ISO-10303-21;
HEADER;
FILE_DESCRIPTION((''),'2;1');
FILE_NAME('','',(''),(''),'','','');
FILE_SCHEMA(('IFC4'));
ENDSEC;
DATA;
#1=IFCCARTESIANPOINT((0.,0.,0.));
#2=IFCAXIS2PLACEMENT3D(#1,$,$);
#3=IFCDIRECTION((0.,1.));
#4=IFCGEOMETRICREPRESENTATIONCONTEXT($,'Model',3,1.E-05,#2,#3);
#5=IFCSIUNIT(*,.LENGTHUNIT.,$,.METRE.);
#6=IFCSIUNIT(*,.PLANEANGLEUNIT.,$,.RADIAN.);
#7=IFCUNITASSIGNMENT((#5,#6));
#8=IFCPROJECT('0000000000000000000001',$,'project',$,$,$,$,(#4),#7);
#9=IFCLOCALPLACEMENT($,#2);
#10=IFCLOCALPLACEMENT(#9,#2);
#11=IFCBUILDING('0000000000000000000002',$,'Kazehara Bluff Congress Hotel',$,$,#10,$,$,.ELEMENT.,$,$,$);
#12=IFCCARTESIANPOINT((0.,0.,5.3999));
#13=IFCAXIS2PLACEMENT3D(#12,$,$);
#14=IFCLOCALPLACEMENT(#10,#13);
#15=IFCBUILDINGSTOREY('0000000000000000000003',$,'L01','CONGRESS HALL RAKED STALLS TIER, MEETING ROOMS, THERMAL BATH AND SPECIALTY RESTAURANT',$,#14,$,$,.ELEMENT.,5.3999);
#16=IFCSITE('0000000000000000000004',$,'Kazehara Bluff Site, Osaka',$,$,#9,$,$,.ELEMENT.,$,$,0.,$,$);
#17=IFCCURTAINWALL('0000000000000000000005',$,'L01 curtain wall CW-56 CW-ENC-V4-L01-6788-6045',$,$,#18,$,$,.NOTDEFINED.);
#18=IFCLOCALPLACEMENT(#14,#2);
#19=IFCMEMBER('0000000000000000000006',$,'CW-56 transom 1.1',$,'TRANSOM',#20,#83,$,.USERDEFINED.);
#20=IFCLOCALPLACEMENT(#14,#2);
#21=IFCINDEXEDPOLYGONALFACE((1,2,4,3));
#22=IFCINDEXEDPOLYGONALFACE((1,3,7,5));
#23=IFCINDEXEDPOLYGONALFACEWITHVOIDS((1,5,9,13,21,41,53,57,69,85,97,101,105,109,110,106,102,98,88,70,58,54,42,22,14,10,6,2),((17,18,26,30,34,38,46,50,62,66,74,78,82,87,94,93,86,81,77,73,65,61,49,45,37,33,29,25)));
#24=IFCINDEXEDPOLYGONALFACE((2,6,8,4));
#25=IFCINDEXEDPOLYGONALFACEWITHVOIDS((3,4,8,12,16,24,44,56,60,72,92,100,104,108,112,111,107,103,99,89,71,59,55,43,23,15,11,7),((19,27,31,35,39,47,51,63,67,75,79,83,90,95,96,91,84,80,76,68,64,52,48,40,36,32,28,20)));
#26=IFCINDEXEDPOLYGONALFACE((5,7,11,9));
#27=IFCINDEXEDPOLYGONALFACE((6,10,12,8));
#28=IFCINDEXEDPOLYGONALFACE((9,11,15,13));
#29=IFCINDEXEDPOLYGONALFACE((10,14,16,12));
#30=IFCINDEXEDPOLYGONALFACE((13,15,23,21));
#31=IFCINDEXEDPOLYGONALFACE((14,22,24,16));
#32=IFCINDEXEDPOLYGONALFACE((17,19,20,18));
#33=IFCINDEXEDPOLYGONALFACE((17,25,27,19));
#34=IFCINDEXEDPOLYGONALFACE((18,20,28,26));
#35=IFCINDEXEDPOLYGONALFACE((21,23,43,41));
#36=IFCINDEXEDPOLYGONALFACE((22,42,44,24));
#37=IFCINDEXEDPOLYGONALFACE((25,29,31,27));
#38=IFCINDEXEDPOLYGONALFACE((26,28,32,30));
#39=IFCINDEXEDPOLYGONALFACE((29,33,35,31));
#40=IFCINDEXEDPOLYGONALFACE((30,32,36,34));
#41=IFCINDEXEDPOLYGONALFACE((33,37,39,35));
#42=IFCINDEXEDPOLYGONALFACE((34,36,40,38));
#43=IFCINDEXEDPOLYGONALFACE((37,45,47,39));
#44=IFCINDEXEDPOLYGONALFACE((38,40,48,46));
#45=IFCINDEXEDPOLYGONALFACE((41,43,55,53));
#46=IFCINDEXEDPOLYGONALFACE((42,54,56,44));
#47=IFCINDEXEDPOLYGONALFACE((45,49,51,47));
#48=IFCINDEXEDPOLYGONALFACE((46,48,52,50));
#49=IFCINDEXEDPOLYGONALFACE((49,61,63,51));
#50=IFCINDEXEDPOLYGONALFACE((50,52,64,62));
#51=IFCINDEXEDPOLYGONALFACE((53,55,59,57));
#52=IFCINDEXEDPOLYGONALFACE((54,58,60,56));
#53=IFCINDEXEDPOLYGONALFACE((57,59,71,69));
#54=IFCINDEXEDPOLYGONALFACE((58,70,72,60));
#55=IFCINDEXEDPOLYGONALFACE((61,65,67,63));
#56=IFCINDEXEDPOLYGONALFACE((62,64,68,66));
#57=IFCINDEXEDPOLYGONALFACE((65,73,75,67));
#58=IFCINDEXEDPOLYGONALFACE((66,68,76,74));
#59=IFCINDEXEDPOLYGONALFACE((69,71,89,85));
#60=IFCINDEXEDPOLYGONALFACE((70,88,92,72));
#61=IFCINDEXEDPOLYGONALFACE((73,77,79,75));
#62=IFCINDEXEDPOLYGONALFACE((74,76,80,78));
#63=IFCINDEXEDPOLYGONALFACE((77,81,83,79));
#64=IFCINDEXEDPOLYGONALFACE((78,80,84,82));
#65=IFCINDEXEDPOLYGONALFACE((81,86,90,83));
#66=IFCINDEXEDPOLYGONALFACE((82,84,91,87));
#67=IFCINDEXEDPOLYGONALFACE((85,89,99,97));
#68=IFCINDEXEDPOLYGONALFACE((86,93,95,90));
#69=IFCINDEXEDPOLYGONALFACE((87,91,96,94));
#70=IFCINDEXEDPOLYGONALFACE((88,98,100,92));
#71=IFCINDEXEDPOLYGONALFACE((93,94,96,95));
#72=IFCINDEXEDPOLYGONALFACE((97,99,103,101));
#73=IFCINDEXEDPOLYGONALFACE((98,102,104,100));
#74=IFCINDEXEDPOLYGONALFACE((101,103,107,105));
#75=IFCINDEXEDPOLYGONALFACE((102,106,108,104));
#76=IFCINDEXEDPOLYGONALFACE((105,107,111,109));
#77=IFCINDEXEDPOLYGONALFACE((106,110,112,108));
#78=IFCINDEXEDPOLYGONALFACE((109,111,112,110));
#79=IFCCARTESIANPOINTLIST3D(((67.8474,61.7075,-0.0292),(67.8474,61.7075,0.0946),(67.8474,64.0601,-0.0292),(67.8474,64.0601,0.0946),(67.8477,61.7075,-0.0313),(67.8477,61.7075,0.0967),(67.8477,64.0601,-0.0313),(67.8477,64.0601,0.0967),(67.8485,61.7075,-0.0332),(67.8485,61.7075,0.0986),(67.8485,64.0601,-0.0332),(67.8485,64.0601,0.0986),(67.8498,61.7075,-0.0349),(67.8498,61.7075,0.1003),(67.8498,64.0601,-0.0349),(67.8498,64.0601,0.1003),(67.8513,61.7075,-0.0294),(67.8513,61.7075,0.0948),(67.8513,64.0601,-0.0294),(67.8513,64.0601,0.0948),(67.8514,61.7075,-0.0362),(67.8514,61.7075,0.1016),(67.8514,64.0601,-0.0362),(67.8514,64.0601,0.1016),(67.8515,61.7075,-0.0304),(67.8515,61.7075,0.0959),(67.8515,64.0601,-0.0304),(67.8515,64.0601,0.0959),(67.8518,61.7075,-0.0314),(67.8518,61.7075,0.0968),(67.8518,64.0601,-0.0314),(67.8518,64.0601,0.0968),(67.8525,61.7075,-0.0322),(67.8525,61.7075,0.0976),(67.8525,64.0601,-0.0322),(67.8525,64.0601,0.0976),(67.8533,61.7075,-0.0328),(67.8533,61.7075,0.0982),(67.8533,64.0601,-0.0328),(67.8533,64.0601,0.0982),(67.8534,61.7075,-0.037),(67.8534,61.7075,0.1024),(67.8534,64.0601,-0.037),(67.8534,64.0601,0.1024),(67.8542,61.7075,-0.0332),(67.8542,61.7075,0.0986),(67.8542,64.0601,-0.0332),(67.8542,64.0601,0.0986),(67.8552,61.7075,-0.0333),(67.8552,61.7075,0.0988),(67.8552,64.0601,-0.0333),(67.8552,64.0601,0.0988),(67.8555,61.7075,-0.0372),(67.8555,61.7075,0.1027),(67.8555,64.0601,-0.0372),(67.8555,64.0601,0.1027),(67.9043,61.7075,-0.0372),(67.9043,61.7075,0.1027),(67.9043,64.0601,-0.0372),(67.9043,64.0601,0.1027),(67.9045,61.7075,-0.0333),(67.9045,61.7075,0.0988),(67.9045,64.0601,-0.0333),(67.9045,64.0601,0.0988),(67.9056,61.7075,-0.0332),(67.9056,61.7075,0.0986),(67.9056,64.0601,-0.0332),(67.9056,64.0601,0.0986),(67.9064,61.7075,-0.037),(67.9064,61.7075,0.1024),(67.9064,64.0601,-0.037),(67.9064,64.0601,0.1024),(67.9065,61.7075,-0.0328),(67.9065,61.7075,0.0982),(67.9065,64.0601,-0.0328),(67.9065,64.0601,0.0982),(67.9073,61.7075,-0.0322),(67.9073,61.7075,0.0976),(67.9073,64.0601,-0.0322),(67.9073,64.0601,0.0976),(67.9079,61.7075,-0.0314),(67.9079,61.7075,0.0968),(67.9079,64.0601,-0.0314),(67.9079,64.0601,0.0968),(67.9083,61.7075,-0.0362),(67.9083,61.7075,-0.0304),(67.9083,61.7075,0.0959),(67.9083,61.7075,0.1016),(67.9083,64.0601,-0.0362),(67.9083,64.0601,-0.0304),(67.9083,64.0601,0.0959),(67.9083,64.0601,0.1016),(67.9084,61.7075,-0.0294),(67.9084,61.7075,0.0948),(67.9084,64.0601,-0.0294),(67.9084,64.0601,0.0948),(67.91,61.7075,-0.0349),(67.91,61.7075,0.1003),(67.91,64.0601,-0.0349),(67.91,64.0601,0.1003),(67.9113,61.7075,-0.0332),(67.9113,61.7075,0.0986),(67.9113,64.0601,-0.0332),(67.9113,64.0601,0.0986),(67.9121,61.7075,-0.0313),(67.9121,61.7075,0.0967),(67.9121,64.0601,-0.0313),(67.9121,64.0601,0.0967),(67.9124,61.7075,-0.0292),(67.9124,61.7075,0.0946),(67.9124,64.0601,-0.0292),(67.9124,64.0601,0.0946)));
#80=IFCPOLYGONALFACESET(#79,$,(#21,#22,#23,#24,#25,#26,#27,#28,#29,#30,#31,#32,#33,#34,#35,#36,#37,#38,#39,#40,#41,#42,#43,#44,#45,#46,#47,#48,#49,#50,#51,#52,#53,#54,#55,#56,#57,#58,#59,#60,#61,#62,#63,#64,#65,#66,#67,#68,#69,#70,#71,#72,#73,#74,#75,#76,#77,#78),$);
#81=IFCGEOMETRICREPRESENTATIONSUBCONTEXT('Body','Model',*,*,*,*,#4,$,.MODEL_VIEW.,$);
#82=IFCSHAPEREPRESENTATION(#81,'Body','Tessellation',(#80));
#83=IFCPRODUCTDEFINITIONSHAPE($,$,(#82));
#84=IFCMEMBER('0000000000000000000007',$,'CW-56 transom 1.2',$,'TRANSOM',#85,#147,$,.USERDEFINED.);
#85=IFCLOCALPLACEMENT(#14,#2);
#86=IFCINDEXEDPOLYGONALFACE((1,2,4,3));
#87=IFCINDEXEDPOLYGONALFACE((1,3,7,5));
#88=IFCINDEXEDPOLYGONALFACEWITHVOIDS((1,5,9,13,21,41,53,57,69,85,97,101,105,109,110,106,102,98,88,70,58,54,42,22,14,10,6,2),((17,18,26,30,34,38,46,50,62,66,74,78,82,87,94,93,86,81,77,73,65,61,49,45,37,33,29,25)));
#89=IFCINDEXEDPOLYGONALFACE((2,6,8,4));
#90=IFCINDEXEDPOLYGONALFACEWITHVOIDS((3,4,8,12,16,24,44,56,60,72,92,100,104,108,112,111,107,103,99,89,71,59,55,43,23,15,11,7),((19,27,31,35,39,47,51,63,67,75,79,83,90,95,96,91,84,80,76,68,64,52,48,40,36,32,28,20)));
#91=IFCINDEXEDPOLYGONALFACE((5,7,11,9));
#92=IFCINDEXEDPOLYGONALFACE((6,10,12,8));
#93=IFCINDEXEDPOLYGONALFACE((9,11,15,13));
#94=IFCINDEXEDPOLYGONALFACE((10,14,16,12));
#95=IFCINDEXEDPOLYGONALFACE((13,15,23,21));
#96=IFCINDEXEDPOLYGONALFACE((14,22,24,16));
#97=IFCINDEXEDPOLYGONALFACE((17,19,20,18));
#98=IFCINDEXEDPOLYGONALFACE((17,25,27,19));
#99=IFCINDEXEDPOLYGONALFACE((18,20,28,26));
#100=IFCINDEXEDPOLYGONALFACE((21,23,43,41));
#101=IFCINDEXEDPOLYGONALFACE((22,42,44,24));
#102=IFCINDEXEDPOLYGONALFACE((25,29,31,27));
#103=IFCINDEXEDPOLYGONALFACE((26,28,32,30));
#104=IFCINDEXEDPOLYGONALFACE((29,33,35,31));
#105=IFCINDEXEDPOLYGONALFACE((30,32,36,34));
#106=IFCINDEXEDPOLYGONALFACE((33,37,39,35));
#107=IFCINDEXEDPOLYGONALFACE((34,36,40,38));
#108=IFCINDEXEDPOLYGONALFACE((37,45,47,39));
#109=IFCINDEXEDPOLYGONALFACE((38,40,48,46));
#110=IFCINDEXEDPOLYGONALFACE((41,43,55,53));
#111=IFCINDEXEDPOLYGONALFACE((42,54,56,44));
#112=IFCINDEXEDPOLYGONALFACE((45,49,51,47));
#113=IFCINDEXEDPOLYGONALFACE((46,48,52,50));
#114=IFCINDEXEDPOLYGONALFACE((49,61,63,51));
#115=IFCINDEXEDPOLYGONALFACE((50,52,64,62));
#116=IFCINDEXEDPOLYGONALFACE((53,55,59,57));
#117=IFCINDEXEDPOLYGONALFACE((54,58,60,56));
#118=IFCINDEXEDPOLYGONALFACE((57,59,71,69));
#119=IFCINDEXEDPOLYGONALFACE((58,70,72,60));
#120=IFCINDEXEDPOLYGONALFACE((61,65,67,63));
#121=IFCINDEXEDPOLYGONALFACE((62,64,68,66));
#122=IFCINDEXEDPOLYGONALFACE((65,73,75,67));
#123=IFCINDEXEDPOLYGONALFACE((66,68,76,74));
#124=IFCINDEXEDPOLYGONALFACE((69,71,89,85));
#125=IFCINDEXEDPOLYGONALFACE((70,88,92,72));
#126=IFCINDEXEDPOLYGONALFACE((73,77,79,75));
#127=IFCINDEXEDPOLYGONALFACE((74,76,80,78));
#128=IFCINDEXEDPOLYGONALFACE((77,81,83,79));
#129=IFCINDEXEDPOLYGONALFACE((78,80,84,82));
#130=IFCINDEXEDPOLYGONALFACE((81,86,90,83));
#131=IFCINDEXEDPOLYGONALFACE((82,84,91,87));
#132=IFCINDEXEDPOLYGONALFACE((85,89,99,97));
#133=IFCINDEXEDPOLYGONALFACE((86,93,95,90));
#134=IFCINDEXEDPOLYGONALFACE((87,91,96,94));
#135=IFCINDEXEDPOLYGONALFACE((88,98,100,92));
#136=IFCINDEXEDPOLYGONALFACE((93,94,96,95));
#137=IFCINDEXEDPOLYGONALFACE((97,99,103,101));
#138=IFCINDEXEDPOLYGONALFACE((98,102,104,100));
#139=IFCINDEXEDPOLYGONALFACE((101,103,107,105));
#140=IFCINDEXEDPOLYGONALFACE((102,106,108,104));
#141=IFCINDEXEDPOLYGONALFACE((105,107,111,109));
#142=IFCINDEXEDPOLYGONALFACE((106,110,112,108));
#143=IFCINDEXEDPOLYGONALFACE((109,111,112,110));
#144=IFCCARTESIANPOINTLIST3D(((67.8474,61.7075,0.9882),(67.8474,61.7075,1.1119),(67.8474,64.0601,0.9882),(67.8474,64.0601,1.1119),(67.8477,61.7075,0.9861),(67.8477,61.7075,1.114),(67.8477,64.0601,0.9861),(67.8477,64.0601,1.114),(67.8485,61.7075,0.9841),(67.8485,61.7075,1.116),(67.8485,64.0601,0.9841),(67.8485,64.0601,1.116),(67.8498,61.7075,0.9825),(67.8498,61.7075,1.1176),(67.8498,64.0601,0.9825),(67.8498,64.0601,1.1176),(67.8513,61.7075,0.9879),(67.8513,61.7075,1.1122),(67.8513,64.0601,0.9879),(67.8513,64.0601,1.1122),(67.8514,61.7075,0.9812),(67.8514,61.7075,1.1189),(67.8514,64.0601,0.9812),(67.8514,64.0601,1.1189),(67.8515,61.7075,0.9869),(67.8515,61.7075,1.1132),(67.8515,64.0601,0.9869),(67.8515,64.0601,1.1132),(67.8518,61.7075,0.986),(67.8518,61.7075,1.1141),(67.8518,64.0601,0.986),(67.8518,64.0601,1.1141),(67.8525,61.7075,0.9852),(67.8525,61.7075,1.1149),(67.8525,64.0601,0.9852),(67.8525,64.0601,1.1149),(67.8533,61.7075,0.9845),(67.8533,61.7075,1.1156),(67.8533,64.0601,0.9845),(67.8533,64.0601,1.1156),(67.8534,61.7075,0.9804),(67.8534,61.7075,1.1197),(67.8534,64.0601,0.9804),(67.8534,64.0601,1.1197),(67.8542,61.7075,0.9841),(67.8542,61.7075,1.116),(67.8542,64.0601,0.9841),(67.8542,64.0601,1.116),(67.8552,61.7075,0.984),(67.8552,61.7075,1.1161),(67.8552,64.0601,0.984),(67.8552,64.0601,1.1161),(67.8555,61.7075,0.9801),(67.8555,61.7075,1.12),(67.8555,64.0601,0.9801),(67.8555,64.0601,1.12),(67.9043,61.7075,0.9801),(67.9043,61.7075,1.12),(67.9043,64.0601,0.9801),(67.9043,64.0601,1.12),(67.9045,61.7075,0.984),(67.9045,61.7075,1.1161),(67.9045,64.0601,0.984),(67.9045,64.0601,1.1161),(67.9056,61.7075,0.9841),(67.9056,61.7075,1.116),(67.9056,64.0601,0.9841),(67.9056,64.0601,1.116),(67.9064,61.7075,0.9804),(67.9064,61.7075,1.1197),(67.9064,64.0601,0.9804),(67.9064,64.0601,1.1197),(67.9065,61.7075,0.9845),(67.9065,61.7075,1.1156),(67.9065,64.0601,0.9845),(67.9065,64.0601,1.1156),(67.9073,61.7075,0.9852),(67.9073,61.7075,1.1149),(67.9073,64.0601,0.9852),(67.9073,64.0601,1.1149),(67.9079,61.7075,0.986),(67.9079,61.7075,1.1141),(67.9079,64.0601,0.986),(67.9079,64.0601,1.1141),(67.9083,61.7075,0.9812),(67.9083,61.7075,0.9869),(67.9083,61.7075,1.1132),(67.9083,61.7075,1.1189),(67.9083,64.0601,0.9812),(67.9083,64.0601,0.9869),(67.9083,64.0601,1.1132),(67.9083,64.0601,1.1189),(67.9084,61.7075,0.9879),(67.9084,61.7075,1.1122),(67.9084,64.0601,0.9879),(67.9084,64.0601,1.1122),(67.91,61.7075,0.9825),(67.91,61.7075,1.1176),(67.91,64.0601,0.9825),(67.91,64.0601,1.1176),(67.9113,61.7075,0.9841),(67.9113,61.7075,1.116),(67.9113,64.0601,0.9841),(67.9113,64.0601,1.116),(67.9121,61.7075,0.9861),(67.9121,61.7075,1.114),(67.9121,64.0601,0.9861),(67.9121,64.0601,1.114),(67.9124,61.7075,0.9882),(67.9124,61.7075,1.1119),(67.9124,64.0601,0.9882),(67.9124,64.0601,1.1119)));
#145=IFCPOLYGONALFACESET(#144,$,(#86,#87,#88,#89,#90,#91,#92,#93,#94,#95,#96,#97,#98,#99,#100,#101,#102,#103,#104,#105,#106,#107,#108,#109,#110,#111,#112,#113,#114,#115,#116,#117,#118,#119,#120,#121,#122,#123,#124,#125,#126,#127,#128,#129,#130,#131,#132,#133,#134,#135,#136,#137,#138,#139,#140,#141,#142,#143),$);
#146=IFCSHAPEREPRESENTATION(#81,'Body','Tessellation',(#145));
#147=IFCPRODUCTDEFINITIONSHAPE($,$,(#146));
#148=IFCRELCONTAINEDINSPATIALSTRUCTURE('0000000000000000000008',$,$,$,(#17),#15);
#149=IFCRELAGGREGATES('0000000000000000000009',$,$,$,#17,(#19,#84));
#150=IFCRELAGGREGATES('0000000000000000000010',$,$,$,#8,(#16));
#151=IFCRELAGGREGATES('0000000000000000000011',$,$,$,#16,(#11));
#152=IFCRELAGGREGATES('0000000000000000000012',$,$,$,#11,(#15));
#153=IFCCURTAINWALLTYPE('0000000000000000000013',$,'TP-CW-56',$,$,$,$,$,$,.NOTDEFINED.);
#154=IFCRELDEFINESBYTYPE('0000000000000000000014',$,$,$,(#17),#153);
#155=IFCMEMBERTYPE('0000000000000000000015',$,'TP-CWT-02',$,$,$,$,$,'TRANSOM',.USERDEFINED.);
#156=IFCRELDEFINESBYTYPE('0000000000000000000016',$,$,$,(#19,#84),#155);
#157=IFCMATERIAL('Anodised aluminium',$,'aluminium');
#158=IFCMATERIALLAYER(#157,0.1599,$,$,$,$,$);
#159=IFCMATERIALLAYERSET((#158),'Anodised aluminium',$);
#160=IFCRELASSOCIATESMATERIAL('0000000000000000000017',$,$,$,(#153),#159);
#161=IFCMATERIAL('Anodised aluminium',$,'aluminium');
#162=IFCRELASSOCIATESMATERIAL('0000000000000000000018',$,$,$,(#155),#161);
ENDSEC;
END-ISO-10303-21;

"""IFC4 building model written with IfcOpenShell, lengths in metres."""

from ifc_helpers import new_model, si_unit, direction, frame, origin, origin_2d, place, context, subcontext, project, spatial, hollow_rectangle, extrude, material, layer, layer_set, material_profile, profile_set, type_object, element, aggregate, save


model = new_model("IFC4")

# Units and contexts
model_context = context("Model", 3, precision=1e-05, world=origin(), true_north=direction((0.0, 1.0)))
body_context = subcontext(model_context, "Body", "Model", "MODEL_VIEW")
ifc_project = project(units=[si_unit("LENGTHUNIT", "METRE"), si_unit("PLANEANGLEUNIT", "RADIAN")], contexts=[model_context])

# Site, building, storey
site_placement = place(None, origin())
site = spatial("IfcSite", under=ifc_project, at=site_placement, Name="Kazehara Bluff Site, Osaka", CompositionType="ELEMENT", RefElevation=0.0)
building_placement = place(site_placement, origin())
building = spatial("IfcBuilding", under=site, at=building_placement, Name="Kazehara Bluff Congress Hotel", CompositionType="ELEMENT")
storey_placement = place(building_placement, frame((0.0, 0.0, 5.3999)))
storey = spatial("IfcBuildingStorey", under=building, at=storey_placement, Name="L01", Description="CONGRESS HALL RAKED STALLS TIER, MEETING ROOMS, THERMAL BATH AND SPECIALTY RESTAURANT", CompositionType="ELEMENT", Elevation=5.3999)

# Curtain wall
ifc_material_1 = material(Name="Anodised aluminium", Category="aluminium")
ifc_layer_1 = layer(ifc_material_1, 0.1599)
ifc_layer_set_1 = layer_set([ifc_layer_1], Name="Anodised aluminium")
curtain_wall_type_1 = type_object("IfcCurtainWallType", Name="TP-CW-56", PredefinedType="NOTDEFINED", material=ifc_layer_set_1)
curtain_wall_1_placement = place(storey_placement, origin())
curtain_wall_1 = element("IfcCurtainWall", 1, at=curtain_wall_1_placement, inside=storey, type_object=curtain_wall_type_1, Name="L01 curtain wall CW-56 CW-ENC-V4-L01-6788-6045", PredefinedType="NOTDEFINED")

# Members
ifc_material_2 = material(Name="Anodised aluminium", Category="aluminium")
ifc_material_profile_1 = material_profile(ifc_material_2, hollow_rectangle(XDim=0.0649, YDim=0.1399, WallThickness=0.0039, InnerFilletRadius=0.0039, OuterFilletRadius=0.0081, at=origin_2d()))
ifc_profile_set_1 = profile_set([ifc_material_profile_1], Name="Anodised aluminium")
member_type_1 = type_object("IfcMemberType", Name="TP-CWT-02", ElementType="TRANSOM", PredefinedType="USERDEFINED", material=ifc_profile_set_1)
member_1_placement = place(storey_placement, frame((67.8799, 64.0601, 0.0327), z_axis=(0.0, -1.0, 0.0), x_axis=(1.0, 0.0, 0.0)))
member_1 = element("IfcMember", 2, at=member_1_placement, type_object=member_type_1, Name="CW-56 transom 1.1", ObjectType="TRANSOM", PredefinedType="USERDEFINED", context=body_context, shape_type="SweptSolid", body=[
    extrude(hollow_rectangle(XDim=0.0649, YDim=0.1399, WallThickness=0.0039, InnerFilletRadius=0.0039, OuterFilletRadius=0.0081, at=origin_2d()), origin(), (0.0, 0.0, 1.0), 2.3525),
])
member_2_placement = place(storey_placement, frame((67.8799, 64.0601, 1.05), z_axis=(0.0, -1.0, 0.0), x_axis=(1.0, 0.0, 0.0)))
member_2 = element("IfcMember", 3, at=member_2_placement, type_object=member_type_1, Name="CW-56 transom 1.2", ObjectType="TRANSOM", PredefinedType="USERDEFINED", context=body_context, shape_type="SweptSolid", body=[
    extrude(hollow_rectangle(XDim=0.0649, YDim=0.1399, WallThickness=0.0039, InnerFilletRadius=0.0039, OuterFilletRadius=0.0081, at=origin_2d()), origin(), (0.0, 0.0, 1.0), 2.3525),
])

aggregate(curtain_wall_1, [member_1, member_2])

save(model, "model.ifc")
